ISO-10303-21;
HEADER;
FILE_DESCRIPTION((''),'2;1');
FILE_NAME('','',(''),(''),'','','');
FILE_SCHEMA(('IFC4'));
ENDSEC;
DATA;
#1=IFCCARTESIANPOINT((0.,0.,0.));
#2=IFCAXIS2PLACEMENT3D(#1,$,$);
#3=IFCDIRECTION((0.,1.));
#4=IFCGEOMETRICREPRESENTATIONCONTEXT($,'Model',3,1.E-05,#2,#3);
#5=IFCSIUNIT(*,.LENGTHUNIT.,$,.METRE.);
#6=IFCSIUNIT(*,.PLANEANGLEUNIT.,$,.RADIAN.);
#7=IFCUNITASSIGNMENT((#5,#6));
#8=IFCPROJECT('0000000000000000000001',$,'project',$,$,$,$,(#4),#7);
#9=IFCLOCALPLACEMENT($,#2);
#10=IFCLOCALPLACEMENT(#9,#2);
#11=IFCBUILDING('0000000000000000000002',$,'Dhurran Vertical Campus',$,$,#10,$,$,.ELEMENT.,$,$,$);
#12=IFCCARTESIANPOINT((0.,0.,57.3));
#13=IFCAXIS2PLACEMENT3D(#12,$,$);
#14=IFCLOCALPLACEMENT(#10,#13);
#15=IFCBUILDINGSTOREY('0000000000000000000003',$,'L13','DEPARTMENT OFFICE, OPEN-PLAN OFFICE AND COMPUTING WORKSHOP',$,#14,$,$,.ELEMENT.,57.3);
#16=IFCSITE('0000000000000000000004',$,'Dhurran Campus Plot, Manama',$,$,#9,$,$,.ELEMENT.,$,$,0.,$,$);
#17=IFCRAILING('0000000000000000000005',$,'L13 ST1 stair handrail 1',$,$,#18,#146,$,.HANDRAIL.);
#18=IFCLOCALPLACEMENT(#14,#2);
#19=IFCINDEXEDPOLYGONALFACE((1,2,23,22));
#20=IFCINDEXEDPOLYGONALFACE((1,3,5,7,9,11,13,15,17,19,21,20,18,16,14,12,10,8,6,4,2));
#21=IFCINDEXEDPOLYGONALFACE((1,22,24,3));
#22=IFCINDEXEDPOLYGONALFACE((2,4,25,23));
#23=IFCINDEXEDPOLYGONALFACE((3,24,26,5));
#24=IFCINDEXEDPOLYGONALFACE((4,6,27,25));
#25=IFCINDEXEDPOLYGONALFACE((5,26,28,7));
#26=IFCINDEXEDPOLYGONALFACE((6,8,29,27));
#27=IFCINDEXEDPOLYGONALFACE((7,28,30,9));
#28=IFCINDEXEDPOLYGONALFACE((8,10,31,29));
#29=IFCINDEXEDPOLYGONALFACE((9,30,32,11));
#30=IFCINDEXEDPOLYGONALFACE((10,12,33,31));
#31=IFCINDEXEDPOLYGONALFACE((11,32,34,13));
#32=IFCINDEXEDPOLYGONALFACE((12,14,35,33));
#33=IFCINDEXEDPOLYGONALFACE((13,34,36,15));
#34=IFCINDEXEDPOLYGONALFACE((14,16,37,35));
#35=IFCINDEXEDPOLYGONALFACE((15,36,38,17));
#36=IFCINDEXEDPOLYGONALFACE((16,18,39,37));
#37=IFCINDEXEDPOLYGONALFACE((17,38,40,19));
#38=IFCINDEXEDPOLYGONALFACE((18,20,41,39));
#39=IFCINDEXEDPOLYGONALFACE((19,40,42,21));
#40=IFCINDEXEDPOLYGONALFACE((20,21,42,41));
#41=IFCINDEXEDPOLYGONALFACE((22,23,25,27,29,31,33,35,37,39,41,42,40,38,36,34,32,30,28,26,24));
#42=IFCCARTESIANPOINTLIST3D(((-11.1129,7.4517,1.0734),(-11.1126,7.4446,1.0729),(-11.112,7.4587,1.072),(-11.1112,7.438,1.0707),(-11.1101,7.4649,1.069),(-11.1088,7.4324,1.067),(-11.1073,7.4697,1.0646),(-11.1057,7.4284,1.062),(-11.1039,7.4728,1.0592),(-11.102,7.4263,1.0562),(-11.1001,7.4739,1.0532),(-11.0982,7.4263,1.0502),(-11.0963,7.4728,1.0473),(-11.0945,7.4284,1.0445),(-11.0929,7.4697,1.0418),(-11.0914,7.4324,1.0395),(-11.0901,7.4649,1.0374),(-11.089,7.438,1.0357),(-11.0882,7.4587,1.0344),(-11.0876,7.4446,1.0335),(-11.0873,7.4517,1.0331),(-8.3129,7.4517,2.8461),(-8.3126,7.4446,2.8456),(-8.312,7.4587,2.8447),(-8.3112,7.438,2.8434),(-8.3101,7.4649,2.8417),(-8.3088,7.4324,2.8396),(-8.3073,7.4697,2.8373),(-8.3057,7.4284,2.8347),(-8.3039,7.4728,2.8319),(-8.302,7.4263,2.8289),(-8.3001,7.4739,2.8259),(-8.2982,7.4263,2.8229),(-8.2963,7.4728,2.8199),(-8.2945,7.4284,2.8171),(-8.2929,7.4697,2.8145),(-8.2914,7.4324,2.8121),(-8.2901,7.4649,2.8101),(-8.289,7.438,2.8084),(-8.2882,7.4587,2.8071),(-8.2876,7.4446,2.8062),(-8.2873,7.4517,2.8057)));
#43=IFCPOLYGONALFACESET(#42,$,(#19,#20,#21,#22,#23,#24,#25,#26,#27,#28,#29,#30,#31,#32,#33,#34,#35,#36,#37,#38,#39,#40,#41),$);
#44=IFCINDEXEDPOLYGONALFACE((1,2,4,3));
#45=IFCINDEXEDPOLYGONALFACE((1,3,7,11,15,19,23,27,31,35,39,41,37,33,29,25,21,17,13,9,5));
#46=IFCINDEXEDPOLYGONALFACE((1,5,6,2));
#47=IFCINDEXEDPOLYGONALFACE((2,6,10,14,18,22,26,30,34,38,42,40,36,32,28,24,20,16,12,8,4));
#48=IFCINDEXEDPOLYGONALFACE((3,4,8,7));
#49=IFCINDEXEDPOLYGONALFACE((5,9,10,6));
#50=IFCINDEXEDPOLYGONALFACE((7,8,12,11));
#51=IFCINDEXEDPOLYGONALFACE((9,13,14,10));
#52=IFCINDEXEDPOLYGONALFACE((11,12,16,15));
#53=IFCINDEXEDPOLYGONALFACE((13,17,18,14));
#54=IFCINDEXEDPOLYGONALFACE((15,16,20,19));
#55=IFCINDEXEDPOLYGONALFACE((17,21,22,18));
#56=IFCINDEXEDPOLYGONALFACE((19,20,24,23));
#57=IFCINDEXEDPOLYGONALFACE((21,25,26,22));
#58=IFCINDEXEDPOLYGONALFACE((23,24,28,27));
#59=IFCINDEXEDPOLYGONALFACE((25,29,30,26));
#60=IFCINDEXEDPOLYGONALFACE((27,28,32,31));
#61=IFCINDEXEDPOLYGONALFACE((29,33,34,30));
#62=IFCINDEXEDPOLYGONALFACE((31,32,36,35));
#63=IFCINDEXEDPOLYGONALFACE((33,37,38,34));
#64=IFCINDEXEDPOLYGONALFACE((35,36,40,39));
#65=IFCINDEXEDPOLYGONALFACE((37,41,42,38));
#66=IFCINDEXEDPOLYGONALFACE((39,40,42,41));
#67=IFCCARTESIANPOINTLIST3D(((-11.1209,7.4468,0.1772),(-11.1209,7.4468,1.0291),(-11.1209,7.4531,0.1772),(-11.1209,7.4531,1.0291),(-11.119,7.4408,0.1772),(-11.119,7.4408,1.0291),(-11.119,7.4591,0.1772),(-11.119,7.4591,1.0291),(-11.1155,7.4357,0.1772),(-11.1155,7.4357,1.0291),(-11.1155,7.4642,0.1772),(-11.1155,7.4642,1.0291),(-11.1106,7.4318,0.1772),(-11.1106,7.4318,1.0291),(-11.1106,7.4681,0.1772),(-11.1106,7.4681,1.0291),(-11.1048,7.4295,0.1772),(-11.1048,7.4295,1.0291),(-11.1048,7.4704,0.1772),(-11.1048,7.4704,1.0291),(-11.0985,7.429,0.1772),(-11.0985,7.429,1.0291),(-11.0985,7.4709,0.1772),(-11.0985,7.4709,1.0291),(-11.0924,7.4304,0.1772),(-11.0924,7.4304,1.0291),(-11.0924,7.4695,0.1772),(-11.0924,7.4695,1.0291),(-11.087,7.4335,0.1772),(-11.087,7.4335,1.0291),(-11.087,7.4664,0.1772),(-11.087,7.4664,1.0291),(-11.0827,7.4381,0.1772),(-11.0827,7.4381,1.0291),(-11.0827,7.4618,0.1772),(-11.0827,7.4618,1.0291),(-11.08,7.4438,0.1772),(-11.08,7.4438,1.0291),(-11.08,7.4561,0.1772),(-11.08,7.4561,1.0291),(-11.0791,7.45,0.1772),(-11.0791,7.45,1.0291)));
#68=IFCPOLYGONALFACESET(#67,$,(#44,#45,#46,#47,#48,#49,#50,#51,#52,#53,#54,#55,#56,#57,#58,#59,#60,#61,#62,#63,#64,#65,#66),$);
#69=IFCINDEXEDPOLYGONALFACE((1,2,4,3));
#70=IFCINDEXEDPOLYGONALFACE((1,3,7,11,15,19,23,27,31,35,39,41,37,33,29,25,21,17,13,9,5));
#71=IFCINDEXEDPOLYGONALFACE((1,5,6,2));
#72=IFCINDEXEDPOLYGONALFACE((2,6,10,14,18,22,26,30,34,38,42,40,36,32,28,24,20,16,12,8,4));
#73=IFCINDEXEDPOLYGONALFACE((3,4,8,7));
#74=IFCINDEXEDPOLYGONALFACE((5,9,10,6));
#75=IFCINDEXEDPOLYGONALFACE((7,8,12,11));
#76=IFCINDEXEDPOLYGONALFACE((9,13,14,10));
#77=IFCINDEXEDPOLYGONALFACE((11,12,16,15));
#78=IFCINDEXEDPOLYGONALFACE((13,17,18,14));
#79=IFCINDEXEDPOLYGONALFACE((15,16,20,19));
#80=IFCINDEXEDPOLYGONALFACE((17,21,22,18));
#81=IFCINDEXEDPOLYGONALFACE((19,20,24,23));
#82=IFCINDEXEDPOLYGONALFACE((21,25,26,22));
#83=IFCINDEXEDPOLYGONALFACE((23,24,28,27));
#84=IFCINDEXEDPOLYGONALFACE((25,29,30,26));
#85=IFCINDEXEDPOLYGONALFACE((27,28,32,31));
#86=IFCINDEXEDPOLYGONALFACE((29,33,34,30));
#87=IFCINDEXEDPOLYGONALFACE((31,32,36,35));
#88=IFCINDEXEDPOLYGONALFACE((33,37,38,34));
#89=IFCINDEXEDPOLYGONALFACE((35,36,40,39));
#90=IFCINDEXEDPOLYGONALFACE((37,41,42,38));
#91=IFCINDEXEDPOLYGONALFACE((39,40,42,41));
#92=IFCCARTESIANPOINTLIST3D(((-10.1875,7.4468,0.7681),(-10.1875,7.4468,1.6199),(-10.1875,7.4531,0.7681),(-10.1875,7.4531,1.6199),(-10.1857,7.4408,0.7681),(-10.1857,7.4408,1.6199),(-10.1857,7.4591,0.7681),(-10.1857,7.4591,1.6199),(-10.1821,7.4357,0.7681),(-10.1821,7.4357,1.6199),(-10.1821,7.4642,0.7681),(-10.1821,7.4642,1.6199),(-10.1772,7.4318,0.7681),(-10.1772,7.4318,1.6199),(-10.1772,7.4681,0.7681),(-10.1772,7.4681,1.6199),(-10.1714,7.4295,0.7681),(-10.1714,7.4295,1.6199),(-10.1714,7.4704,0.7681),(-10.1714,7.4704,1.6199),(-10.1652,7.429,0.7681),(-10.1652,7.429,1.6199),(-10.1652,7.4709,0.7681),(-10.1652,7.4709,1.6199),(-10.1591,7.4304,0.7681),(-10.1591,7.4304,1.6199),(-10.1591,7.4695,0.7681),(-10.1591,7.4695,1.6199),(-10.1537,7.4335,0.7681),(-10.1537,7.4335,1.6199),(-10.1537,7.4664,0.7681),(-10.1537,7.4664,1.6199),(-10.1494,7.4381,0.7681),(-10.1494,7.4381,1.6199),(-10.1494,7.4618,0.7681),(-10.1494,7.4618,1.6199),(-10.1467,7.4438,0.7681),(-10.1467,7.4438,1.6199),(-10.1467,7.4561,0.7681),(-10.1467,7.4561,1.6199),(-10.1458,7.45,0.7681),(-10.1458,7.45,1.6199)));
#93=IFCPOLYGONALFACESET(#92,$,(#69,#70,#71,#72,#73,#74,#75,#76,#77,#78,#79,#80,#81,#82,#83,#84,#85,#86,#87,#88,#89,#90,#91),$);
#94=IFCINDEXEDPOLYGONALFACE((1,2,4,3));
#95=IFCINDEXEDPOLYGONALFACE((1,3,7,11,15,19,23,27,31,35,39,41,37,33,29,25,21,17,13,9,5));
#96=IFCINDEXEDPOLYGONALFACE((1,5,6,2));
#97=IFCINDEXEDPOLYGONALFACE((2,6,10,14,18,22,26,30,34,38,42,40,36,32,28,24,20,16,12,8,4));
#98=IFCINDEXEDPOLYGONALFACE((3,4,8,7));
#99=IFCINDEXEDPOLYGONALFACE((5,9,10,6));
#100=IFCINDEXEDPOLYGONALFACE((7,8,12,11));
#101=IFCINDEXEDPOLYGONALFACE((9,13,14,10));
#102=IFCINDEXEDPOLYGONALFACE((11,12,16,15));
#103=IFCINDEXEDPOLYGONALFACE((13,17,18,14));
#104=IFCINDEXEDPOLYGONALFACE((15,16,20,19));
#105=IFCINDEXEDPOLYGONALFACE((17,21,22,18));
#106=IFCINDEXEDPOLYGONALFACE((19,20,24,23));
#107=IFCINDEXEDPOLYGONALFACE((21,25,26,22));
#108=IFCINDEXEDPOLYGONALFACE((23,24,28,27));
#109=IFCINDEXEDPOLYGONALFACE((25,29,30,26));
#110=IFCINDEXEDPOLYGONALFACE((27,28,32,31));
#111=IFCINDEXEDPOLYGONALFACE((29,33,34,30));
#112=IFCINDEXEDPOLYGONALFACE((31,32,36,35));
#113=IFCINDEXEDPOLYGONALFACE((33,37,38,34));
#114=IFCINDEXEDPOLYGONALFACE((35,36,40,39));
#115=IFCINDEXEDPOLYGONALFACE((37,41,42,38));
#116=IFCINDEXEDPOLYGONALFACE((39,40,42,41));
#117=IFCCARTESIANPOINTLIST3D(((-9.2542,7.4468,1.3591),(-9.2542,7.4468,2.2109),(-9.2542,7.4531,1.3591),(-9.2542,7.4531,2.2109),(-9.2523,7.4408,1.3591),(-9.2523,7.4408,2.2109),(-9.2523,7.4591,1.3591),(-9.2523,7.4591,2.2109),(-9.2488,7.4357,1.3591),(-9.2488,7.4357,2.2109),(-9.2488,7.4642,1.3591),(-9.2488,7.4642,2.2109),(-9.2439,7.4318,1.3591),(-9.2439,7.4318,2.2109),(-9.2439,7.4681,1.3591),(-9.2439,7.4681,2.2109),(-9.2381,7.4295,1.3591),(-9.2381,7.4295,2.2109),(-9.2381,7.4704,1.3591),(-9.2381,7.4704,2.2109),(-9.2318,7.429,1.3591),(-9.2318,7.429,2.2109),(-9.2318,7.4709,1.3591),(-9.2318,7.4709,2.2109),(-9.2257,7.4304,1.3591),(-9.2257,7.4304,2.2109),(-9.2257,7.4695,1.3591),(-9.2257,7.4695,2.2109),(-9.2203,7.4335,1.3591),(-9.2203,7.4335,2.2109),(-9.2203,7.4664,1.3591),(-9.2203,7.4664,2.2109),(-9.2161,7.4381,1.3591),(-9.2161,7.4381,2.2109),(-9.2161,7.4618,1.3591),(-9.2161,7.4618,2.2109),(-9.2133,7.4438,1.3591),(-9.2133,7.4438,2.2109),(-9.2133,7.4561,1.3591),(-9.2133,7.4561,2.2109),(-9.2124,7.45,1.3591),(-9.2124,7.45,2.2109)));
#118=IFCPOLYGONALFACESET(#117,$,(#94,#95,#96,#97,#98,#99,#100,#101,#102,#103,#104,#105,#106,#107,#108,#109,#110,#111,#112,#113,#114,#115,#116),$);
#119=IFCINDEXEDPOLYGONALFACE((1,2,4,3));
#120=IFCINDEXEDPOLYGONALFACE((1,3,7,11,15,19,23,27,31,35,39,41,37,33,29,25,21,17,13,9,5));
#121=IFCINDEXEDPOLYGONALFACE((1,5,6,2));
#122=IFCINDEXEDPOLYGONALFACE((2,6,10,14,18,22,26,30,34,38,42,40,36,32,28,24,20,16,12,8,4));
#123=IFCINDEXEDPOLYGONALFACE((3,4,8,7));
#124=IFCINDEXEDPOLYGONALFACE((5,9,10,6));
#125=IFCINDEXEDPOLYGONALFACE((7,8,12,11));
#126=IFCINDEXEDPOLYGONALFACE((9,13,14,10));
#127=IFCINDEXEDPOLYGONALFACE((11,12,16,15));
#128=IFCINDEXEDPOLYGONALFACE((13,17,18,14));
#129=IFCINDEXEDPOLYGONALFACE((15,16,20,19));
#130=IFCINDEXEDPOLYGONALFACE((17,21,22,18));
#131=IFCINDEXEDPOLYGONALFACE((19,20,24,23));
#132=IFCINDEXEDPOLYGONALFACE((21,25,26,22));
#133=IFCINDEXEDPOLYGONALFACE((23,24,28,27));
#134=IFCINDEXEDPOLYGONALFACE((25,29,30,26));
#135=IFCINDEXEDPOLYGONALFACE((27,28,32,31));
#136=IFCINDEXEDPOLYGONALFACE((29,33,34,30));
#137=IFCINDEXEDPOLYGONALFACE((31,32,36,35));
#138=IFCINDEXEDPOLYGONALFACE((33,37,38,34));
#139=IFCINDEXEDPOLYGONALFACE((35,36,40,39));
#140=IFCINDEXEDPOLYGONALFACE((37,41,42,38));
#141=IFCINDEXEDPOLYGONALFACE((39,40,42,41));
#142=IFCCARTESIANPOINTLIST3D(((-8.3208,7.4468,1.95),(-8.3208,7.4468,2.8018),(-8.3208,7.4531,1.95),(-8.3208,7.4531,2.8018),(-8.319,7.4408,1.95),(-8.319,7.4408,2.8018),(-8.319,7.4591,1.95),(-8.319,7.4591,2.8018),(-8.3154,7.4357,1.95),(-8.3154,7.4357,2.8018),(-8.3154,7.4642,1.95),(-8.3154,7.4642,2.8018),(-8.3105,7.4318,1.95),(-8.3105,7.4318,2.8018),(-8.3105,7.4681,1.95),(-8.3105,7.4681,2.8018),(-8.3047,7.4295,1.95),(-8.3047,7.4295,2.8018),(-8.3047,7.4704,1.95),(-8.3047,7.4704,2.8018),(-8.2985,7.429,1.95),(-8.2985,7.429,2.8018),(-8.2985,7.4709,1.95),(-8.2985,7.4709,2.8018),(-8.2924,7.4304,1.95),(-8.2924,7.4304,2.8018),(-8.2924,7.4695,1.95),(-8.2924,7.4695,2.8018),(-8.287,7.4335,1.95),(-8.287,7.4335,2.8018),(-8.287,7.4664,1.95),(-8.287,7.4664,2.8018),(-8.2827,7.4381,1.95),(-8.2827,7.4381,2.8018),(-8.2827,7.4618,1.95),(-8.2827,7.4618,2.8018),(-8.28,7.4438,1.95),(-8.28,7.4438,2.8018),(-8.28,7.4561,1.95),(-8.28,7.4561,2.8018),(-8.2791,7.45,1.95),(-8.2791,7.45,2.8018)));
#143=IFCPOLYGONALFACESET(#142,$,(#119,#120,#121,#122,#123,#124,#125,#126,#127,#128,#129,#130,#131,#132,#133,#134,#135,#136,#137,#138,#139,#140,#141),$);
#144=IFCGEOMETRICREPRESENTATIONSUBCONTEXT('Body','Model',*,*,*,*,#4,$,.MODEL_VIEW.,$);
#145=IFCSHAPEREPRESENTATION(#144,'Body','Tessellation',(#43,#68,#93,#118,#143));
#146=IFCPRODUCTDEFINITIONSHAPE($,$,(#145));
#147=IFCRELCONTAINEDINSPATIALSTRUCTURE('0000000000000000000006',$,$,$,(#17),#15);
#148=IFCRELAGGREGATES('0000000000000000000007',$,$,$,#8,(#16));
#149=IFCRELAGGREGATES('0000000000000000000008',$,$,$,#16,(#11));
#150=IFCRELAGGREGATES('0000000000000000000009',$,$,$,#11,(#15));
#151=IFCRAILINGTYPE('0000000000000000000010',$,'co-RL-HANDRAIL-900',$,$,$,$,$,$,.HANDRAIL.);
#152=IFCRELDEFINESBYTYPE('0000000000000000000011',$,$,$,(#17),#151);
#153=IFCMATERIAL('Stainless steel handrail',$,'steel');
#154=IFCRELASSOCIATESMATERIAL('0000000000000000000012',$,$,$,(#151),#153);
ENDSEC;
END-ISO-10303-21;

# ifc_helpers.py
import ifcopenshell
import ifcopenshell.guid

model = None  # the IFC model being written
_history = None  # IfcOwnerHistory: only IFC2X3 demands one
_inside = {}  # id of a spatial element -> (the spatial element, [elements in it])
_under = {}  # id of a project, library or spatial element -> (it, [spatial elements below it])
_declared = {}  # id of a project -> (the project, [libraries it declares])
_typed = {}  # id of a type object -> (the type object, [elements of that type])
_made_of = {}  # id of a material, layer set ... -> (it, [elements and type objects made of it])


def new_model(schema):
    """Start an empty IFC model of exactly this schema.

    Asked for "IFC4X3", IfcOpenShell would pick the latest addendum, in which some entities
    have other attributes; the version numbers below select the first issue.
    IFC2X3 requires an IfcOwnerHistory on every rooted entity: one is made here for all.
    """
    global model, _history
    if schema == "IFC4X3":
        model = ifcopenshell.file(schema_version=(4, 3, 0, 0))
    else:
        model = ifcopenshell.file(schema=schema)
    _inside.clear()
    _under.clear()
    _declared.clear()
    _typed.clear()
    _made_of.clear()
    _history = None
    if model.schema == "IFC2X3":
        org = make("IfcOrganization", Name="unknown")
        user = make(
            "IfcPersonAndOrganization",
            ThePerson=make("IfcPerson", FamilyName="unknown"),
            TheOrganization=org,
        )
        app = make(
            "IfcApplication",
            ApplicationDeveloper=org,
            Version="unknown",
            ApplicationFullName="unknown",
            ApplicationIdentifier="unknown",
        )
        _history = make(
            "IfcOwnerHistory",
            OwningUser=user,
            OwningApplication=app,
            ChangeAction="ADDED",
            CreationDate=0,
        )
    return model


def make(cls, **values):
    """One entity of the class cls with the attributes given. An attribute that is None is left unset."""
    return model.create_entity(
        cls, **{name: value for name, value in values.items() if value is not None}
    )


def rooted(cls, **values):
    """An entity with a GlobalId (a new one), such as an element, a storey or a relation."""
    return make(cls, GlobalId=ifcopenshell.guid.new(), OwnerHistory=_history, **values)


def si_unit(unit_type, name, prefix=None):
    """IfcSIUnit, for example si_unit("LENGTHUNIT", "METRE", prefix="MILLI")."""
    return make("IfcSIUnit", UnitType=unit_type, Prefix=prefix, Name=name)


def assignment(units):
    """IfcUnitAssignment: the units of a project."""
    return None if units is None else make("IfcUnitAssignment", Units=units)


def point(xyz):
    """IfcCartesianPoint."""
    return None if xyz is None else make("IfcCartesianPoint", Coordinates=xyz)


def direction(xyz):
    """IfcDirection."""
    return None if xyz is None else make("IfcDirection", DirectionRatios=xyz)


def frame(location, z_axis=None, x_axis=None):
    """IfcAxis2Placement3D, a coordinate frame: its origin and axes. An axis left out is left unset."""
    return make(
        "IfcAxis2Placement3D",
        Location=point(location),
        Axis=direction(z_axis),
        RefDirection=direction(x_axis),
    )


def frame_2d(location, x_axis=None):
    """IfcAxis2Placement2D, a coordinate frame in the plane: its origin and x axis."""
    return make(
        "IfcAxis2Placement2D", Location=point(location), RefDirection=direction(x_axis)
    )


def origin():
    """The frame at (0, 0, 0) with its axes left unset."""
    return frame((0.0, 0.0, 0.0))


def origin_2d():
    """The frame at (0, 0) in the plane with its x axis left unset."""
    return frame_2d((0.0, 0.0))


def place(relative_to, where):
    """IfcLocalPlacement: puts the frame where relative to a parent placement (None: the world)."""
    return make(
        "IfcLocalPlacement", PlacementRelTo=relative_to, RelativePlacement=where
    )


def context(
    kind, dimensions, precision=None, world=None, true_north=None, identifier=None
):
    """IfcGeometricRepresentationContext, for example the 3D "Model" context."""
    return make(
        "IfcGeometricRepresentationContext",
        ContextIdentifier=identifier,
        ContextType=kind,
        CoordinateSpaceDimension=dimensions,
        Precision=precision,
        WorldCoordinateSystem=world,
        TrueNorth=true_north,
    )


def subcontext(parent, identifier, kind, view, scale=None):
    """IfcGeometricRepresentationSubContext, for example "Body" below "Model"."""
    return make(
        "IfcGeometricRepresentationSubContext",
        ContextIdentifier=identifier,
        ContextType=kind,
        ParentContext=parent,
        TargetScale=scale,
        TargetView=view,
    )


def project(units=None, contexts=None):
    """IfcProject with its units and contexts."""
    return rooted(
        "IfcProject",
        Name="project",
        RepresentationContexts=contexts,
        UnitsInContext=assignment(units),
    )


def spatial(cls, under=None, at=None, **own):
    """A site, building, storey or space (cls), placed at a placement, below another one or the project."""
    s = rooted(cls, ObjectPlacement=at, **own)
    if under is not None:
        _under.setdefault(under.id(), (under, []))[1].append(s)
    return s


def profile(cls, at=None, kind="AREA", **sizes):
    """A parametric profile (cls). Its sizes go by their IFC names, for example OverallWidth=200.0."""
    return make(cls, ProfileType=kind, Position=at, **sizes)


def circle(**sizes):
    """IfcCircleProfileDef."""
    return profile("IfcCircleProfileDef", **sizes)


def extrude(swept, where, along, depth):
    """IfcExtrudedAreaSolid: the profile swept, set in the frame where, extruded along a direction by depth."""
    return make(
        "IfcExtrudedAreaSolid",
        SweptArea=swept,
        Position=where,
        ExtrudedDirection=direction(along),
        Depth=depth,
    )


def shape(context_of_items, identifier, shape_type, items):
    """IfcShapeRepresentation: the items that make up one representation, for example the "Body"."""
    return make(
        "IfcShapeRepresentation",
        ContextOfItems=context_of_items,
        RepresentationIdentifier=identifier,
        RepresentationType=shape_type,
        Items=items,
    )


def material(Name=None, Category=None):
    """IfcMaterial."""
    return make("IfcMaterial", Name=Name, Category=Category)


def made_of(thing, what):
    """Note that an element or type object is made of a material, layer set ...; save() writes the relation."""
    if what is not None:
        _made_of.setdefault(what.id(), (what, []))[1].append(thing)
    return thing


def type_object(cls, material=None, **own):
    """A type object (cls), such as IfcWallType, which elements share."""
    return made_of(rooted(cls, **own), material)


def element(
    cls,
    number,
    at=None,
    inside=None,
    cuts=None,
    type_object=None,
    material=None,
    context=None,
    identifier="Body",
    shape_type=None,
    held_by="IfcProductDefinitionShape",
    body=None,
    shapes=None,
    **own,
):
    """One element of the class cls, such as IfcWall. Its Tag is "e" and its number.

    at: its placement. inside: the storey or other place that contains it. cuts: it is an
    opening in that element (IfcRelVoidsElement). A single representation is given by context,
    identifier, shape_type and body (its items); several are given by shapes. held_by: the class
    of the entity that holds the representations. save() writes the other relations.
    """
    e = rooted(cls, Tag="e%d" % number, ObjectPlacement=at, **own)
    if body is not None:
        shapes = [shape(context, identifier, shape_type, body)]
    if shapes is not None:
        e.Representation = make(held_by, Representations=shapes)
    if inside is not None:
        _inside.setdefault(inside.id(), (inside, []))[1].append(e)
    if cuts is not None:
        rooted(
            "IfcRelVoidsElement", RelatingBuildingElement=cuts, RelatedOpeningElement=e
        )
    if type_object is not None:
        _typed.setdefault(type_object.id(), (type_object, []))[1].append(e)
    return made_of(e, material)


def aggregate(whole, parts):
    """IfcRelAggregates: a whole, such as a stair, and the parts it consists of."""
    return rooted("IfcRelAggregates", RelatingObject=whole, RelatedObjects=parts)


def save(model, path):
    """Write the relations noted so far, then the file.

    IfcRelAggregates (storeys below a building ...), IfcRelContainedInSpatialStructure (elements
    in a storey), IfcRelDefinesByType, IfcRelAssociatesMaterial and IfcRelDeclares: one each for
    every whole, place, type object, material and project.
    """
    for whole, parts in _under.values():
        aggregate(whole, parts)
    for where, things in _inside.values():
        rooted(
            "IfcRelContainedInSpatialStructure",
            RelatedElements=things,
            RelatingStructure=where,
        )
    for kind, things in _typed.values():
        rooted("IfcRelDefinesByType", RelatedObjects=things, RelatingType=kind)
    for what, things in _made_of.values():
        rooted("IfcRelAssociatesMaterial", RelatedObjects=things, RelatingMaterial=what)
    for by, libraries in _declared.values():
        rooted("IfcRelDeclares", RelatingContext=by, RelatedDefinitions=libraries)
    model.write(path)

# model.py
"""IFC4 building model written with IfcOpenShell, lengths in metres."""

from ifc_helpers import new_model, si_unit, direction, frame, origin, origin_2d, place, context, subcontext, project, spatial, circle, extrude, material, type_object, element, save


model = new_model("IFC4")

# Units and contexts
model_context = context("Model", 3, precision=1e-05, world=origin(), true_north=direction((0.0, 1.0)))
body_context = subcontext(model_context, "Body", "Model", "MODEL_VIEW")
ifc_project = project(units=[si_unit("LENGTHUNIT", "METRE"), si_unit("PLANEANGLEUNIT", "RADIAN")], contexts=[model_context])

# Site, building, storey
site_placement = place(None, origin())
site = spatial("IfcSite", under=ifc_project, at=site_placement, Name="Dhurran Campus Plot, Manama", CompositionType="ELEMENT", RefElevation=0.0)
building_placement = place(site_placement, origin())
building = spatial("IfcBuilding", under=site, at=building_placement, Name="Dhurran Vertical Campus", CompositionType="ELEMENT")
storey_placement = place(building_placement, frame((0.0, 0.0, 57.3)))
storey = spatial("IfcBuildingStorey", under=building, at=storey_placement, Name="L13", Description="DEPARTMENT OFFICE, OPEN-PLAN OFFICE AND COMPUTING WORKSHOP", CompositionType="ELEMENT", Elevation=57.3)

# Railing
ifc_material_1 = material(Name="Stainless steel handrail", Category="steel")
railing_type_1 = type_object("IfcRailingType", Name="co-RL-HANDRAIL-900", PredefinedType="HANDRAIL", material=ifc_material_1)
railing_1_placement = place(storey_placement, frame((-11.1001, 7.45, 0.1772)))
element("IfcRailing", 1, at=railing_1_placement, inside=storey, type_object=railing_type_1, Name="L13 ST1 stair handrail 1", PredefinedType="HANDRAIL", context=body_context, shape_type="SweptSolid", body=[
    extrude(circle(Radius=0.0239, at=origin_2d()), frame((0.0, 0.0, 0.876), z_axis=(0.844909, 0.0, 0.53491), x_axis=(0.0, 1.0, 0.0)), (0.0, 0.0, 1.0), 3.314),
    extrude(circle(Radius=0.021, at=origin_2d()), origin(), (0.0, 0.0, 1.0), 0.8518),
    extrude(circle(Radius=0.021, at=origin_2d()), frame((0.9333, 0.0, 0.5908)), (0.0, 0.0, 1.0), 0.8518),
    extrude(circle(Radius=0.021, at=origin_2d()), frame((1.8667, 0.0, 1.1819)), (0.0, 0.0, 1.0), 0.8518),
    extrude(circle(Radius=0.021, at=origin_2d()), frame((2.8, 0.0, 1.7727)), (0.0, 0.0, 1.0), 0.8518),
])

save(model, "model.ifc")
